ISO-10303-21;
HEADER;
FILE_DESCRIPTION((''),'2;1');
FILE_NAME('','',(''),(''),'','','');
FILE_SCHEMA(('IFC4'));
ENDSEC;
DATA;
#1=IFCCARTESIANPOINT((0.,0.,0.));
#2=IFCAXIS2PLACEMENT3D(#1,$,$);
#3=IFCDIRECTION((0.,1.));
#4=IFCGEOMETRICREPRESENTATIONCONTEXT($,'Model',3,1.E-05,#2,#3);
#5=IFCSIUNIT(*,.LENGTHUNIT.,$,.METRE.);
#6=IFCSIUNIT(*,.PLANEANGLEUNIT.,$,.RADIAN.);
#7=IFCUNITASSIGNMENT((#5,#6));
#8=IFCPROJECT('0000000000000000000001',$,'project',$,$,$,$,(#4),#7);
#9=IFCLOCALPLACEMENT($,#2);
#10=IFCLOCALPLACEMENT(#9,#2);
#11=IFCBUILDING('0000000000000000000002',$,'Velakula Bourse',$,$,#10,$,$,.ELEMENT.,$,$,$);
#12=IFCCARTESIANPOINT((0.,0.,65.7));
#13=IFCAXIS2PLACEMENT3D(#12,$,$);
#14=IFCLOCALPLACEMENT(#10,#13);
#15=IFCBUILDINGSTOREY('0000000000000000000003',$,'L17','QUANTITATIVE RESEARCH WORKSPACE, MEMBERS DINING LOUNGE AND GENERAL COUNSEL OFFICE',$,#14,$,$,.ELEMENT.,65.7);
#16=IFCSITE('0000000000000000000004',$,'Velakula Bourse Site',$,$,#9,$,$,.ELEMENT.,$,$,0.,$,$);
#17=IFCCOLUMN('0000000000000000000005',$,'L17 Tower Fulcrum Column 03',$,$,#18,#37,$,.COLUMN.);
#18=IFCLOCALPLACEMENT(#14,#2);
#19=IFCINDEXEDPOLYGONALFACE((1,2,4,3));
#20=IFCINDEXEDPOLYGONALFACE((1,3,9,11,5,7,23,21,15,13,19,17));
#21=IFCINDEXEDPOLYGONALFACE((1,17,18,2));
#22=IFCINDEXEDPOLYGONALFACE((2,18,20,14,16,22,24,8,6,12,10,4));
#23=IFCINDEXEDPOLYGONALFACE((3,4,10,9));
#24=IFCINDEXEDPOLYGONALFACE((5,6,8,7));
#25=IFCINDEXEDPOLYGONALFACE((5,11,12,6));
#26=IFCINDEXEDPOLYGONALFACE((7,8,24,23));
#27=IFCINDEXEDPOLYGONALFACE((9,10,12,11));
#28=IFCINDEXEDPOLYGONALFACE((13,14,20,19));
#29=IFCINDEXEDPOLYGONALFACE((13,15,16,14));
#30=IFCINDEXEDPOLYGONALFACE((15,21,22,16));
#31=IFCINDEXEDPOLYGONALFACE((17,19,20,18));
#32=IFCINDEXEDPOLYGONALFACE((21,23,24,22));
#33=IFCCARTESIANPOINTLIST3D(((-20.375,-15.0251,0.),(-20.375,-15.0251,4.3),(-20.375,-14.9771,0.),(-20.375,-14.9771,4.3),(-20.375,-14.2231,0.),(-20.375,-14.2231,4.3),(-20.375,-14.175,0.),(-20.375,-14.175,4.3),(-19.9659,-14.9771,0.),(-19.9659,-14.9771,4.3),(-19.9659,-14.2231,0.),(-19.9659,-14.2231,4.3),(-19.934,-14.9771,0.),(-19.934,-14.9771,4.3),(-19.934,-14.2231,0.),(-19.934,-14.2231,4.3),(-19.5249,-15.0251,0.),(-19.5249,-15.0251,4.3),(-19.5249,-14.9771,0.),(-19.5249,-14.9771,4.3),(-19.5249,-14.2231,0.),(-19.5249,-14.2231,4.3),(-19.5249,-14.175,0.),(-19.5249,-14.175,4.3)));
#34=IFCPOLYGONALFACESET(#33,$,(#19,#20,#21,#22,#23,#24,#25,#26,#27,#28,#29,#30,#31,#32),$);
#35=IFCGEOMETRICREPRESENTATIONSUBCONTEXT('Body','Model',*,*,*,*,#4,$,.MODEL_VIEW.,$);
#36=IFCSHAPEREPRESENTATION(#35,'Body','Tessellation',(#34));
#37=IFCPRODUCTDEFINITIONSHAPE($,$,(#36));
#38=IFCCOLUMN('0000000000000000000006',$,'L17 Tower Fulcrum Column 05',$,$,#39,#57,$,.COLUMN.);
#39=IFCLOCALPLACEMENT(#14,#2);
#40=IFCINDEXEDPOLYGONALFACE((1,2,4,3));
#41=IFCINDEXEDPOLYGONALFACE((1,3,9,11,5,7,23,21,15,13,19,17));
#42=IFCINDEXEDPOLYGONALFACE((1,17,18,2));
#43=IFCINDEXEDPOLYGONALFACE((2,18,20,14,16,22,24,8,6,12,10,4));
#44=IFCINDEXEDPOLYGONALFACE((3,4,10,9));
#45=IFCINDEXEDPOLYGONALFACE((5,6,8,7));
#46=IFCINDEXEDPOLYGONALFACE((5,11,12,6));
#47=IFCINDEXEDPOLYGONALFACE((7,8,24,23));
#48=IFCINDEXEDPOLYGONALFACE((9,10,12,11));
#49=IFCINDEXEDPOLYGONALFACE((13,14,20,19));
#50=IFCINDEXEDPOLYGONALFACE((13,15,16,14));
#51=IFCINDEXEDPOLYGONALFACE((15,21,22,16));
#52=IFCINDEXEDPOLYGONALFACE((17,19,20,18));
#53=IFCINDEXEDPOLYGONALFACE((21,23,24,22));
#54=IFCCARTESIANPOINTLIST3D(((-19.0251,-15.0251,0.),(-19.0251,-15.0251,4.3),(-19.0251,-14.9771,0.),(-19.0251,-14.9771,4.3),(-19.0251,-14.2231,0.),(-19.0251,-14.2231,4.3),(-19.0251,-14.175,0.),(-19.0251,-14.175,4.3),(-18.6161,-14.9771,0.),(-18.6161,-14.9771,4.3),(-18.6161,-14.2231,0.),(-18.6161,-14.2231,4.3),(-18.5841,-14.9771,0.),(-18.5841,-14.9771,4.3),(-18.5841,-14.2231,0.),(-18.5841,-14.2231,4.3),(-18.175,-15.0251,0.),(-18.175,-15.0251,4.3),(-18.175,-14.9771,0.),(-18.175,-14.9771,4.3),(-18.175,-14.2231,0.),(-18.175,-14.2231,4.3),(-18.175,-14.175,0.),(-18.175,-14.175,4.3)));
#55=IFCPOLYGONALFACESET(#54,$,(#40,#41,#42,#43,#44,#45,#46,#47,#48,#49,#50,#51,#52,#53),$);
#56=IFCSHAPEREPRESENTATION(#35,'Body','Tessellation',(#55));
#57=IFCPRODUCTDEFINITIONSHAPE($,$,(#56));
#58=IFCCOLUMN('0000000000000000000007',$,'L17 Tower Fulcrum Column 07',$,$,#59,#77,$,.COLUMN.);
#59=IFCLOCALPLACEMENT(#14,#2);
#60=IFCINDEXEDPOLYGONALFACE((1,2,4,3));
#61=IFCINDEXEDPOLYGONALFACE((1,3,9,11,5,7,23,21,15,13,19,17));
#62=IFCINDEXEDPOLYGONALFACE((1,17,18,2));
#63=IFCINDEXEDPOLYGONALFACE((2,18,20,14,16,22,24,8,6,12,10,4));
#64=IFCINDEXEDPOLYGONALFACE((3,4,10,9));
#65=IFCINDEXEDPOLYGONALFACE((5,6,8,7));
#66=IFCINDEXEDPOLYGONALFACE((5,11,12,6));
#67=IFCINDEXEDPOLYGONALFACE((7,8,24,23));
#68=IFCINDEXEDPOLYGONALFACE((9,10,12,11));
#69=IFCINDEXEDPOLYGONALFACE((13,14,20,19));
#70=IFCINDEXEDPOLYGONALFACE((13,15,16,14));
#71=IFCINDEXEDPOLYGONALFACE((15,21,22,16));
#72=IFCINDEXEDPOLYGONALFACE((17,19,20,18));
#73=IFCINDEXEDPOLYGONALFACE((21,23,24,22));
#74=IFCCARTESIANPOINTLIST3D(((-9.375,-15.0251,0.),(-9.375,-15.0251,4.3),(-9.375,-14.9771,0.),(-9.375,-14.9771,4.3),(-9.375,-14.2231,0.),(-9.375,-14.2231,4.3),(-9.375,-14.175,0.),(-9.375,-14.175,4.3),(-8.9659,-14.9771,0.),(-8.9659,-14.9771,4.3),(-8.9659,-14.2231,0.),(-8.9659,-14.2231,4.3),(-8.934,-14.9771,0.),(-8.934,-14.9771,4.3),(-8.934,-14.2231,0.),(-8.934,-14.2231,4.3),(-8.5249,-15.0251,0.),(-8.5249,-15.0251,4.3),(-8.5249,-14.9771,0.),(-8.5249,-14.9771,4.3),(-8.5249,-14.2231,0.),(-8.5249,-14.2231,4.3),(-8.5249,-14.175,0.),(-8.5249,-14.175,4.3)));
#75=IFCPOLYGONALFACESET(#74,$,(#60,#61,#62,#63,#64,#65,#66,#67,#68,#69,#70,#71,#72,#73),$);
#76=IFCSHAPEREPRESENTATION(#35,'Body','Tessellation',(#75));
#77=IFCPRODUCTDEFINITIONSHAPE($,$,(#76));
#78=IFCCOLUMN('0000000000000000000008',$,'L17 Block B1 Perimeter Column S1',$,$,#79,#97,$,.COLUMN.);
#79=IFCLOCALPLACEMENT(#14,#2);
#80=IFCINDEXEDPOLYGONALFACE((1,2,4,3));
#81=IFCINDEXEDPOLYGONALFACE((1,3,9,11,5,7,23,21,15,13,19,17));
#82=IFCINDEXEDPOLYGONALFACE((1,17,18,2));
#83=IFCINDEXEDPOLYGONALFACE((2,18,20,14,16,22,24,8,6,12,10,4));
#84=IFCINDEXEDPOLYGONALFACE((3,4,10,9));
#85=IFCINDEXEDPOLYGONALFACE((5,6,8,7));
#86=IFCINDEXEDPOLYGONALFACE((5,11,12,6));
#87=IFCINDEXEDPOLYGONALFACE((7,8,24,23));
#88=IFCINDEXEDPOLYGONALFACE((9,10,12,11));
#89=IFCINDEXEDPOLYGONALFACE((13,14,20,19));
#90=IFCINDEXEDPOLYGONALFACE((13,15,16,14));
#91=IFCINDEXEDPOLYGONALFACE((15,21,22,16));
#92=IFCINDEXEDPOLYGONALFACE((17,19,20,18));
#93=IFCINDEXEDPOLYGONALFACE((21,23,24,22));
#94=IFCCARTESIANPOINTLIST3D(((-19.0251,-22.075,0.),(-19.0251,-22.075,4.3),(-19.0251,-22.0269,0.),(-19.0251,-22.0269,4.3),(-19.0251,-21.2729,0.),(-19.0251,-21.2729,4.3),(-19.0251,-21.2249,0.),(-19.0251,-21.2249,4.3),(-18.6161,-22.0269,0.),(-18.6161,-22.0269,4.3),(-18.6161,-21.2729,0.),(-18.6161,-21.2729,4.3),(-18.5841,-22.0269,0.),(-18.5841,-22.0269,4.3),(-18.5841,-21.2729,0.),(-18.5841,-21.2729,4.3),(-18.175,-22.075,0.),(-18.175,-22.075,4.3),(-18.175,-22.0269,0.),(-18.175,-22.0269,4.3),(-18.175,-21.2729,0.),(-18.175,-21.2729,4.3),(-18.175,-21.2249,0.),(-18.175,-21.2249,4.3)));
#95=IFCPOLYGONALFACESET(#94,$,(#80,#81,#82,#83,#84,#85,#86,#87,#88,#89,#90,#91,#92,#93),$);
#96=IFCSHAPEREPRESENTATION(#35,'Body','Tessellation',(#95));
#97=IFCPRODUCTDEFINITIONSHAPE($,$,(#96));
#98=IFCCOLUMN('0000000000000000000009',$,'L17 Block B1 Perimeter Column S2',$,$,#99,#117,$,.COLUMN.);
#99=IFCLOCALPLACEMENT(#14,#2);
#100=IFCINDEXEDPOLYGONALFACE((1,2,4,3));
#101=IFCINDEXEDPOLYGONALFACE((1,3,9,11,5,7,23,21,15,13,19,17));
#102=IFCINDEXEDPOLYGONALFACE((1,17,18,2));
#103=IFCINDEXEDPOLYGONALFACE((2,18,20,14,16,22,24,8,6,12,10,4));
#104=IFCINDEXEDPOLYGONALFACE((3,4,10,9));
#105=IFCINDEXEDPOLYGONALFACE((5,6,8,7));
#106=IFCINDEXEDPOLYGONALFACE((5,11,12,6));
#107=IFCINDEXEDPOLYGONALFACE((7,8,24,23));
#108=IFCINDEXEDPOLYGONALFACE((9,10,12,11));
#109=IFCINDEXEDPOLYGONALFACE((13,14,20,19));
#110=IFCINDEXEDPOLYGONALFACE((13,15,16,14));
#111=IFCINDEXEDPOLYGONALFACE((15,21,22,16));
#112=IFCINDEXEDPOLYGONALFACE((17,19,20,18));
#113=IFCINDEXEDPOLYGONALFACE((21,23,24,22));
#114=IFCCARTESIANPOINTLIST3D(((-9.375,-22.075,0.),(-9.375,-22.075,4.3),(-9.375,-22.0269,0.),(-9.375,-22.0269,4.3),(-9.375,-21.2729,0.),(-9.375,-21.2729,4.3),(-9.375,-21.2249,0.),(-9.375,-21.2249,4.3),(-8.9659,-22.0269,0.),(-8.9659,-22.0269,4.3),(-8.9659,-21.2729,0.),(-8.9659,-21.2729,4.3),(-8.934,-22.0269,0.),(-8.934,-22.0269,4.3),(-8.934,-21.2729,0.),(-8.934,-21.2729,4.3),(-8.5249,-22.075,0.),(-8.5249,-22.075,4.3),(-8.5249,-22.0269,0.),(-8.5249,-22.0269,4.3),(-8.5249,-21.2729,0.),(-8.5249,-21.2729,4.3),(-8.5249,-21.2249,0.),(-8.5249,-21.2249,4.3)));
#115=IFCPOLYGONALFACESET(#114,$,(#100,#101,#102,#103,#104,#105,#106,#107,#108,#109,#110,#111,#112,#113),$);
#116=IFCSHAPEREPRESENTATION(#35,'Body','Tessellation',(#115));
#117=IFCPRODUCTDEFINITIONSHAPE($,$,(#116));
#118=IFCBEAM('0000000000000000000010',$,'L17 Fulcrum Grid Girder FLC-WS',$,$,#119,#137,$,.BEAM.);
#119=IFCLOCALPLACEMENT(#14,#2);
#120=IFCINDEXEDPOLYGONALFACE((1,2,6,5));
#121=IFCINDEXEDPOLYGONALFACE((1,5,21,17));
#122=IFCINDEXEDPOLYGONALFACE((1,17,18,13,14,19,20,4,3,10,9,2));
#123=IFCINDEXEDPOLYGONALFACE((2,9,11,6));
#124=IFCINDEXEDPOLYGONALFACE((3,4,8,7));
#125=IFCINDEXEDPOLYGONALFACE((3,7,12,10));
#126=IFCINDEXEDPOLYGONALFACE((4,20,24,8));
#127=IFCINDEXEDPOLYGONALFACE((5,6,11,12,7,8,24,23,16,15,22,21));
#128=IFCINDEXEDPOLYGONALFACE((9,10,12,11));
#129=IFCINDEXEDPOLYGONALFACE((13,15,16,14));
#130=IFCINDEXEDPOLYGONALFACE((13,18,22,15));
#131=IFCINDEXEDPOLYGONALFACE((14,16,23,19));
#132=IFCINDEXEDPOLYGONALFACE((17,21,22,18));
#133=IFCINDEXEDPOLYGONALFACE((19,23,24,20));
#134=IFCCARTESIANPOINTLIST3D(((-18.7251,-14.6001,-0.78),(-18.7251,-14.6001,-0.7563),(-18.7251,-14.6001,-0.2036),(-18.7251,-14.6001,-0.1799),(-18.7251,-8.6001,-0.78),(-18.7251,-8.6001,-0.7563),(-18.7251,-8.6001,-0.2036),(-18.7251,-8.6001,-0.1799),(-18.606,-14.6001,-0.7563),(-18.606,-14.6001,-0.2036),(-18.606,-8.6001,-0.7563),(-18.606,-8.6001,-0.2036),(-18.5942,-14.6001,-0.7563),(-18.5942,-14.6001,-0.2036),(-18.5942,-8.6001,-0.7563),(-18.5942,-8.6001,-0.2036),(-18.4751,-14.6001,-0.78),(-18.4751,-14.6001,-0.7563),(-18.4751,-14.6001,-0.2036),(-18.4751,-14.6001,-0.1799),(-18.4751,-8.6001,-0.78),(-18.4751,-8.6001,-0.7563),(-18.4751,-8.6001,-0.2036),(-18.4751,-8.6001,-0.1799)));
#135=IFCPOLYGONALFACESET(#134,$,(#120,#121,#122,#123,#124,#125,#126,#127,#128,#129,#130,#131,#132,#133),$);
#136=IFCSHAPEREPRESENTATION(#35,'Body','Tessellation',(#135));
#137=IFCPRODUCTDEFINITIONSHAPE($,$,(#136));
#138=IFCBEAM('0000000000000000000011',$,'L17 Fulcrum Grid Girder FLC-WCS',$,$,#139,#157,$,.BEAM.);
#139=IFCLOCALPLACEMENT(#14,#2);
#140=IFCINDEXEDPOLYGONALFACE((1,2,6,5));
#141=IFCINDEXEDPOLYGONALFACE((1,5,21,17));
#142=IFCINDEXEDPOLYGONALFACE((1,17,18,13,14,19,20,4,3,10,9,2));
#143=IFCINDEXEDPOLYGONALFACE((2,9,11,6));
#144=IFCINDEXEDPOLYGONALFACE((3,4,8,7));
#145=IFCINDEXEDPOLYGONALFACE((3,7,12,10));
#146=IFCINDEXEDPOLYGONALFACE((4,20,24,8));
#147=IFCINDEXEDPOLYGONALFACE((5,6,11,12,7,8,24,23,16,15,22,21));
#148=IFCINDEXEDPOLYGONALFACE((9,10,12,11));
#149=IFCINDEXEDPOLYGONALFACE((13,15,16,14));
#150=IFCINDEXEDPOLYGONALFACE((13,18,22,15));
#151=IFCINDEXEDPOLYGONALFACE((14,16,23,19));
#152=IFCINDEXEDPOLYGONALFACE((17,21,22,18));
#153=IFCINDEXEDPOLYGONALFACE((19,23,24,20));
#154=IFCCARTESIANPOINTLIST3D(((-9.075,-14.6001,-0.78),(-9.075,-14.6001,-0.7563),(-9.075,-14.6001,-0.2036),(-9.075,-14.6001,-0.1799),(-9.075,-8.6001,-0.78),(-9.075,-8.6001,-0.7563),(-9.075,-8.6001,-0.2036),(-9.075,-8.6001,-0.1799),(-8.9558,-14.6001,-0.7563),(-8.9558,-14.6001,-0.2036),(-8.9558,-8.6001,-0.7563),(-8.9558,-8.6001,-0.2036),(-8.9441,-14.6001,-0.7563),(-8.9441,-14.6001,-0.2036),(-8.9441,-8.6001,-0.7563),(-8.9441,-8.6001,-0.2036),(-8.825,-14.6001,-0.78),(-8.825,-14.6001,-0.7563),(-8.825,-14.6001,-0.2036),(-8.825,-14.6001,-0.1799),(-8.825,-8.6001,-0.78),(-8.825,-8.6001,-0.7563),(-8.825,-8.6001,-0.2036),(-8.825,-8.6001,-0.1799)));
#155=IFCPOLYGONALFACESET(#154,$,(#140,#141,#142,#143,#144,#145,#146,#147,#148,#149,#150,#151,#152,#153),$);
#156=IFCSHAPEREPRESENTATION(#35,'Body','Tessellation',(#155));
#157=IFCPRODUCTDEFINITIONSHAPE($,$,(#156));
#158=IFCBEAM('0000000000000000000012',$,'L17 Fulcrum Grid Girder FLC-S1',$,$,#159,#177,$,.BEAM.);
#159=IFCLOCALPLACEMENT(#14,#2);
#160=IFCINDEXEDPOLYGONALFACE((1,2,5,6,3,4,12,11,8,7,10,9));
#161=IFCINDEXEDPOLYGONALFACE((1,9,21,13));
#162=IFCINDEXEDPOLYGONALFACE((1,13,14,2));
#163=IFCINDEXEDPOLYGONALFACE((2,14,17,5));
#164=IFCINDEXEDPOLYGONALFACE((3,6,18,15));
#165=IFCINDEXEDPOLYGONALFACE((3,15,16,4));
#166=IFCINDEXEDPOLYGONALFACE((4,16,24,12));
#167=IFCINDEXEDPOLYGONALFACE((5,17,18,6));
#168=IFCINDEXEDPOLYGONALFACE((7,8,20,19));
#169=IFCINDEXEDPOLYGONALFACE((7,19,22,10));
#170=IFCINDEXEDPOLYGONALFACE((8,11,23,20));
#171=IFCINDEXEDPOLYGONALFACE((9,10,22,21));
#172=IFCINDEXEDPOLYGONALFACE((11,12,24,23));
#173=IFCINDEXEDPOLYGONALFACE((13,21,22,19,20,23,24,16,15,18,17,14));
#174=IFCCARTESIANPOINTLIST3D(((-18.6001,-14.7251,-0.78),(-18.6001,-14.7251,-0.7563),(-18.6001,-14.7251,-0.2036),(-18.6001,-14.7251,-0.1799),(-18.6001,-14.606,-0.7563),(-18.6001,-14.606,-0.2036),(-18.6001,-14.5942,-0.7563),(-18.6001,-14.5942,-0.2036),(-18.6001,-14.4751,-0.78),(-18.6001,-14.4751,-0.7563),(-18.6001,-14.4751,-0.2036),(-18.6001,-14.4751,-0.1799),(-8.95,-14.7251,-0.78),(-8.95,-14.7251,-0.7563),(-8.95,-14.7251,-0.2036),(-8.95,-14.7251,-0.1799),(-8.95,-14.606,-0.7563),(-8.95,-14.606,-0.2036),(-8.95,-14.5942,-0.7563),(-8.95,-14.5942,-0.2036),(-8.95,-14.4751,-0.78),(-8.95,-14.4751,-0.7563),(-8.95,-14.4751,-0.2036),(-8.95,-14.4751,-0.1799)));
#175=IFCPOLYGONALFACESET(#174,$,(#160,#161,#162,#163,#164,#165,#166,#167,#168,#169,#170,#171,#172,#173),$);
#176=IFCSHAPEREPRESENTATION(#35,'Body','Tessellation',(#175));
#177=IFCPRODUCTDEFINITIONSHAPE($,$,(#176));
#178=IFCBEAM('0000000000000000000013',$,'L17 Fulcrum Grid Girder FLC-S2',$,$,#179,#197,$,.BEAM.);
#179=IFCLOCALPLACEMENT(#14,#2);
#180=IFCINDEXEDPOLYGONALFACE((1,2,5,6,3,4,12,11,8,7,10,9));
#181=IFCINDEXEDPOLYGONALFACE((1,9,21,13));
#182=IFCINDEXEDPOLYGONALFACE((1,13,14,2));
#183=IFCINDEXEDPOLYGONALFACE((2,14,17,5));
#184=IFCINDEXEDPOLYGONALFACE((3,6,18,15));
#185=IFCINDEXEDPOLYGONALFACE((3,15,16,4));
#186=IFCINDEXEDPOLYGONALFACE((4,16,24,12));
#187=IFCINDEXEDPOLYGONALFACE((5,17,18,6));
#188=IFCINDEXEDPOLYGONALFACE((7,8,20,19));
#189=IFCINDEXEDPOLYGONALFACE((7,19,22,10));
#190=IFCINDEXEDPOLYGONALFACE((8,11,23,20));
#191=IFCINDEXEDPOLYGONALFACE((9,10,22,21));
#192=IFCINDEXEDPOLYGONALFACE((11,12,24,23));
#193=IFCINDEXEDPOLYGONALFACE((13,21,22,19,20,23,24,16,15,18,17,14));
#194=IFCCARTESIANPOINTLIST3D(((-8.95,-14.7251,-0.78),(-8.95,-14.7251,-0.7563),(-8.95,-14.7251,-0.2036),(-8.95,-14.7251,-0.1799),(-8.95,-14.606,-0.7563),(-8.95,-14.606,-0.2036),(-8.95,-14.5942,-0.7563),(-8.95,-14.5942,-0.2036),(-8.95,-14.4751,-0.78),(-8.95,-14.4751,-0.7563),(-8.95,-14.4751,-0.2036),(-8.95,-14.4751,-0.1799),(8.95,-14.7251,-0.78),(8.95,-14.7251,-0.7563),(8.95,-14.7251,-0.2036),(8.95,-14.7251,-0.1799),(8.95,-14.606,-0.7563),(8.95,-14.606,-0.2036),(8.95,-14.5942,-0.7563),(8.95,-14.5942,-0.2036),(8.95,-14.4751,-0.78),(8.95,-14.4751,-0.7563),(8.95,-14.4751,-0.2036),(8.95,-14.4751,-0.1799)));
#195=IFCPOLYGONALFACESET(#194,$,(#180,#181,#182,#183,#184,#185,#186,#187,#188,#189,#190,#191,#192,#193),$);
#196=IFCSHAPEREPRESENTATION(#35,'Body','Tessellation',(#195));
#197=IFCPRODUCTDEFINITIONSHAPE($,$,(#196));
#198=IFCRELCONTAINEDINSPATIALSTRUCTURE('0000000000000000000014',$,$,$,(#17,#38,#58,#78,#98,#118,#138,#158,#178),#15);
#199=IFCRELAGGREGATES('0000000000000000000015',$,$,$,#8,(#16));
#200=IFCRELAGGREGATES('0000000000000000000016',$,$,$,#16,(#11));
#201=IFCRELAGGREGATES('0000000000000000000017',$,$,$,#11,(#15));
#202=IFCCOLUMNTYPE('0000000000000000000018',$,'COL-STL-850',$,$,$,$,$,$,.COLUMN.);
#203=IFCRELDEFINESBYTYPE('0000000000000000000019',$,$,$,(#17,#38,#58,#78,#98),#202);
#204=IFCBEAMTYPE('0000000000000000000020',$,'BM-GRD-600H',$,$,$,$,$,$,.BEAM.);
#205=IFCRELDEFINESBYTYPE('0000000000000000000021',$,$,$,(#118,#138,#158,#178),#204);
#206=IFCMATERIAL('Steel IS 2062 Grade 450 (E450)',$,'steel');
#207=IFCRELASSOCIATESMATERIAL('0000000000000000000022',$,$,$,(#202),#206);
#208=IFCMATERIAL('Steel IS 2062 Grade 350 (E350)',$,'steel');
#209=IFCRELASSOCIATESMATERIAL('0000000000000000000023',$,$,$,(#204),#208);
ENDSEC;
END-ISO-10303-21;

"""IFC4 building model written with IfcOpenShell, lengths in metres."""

from ifc_helpers import new_model, si_unit, direction, frame, origin, origin_2d, place, context, subcontext, project, spatial, i_section, extrude, material, material_profile, profile_set, type_object, element, save


model = new_model("IFC4")

# Units and contexts
model_context = context("Model", 3, precision=1e-05, world=origin(), true_north=direction((0.0, 1.0)))
body_context = subcontext(model_context, "Body", "Model", "MODEL_VIEW")
ifc_project = project(units=[si_unit("LENGTHUNIT", "METRE"), si_unit("PLANEANGLEUNIT", "RADIAN")], contexts=[model_context])

# Site, building, storey
site_placement = place(None, origin())
site = spatial("IfcSite", under=ifc_project, at=site_placement, Name="Velakula Bourse Site", CompositionType="ELEMENT", RefElevation=0.0)
building_placement = place(site_placement, origin())
building = spatial("IfcBuilding", under=site, at=building_placement, Name="Velakula Bourse", CompositionType="ELEMENT")
storey_placement = place(building_placement, frame((0.0, 0.0, 65.7)))
storey = spatial("IfcBuildingStorey", under=building, at=storey_placement, Name="L17", Description="QUANTITATIVE RESEARCH WORKSPACE, MEMBERS DINING LOUNGE AND GENERAL COUNSEL OFFICE", CompositionType="ELEMENT", Elevation=65.7)

# Columns
ifc_material_1 = material(Name="Steel IS 2062 Grade 450 (E450)", Category="steel")
ifc_material_profile_1 = material_profile(ifc_material_1, i_section(OverallWidth=0.8501, OverallDepth=0.8501, WebThickness=0.032, FlangeThickness=0.0481, at=origin_2d()), Name="Steel IS 2062 Grade 450 (E450)")
ifc_profile_set_1 = profile_set([ifc_material_profile_1], Name="Steel IS 2062 Grade 450 (E450)")
column_type = type_object("IfcColumnType", Name="COL-STL-850", PredefinedType="COLUMN", material=ifc_profile_set_1)
for number, where, z_axis, x_axis, name in (
    (1, (-19.95, -14.6001, 0.0), (0.0, 0.0, 1.0), (1.0, 0.0, 0.0), "L17 Tower Fulcrum Column 03"),
    (2, (-18.6001, -14.6001, 0.0), (0.0, 0.0, 1.0), (1.0, 0.0, 0.0), "L17 Tower Fulcrum Column 05"),
    (3, (-8.95, -14.6001, 0.0), (0.0, 0.0, 1.0), (1.0, 0.0, 0.0), "L17 Tower Fulcrum Column 07"),
    (4, (-18.6001, -21.6499, 0.0), (0.0, 0.0, 1.0), (1.0, 0.0, 0.0), "L17 Block B1 Perimeter Column S1"),
    (5, (-8.95, -21.6499, 0.0), (0.0, 0.0, 1.0), (1.0, 0.0, 0.0), "L17 Block B1 Perimeter Column S2"),
):
    element("IfcColumn", number, at=place(storey_placement, frame(where, z_axis=z_axis, x_axis=x_axis)), inside=storey, type_object=column_type, Name=name, PredefinedType="COLUMN", context=body_context, shape_type="SweptSolid", body=[
        extrude(i_section(OverallWidth=0.8501, OverallDepth=0.8501, WebThickness=0.032, FlangeThickness=0.0481, at=origin_2d()), origin(), (0.0, 0.0, 1.0), 4.3),
    ])

# Beams
ifc_material_2 = material(Name="Steel IS 2062 Grade 350 (E350)", Category="steel")
ifc_material_profile_2 = material_profile(ifc_material_2, i_section(OverallWidth=0.25, OverallDepth=0.6001, WebThickness=0.0117, FlangeThickness=0.0237, at=origin_2d()), Name="Steel IS 2062 Grade 350 (E350)")
ifc_profile_set_2 = profile_set([ifc_material_profile_2], Name="Steel IS 2062 Grade 350 (E350)")
beam_type_1 = type_object("IfcBeamType", Name="BM-GRD-600H", PredefinedType="BEAM", material=ifc_profile_set_2)
for number, where, z_axis, x_axis, name in (
    (6, (-18.6001, -14.6001, -0.48), (0.0, 1.0, 0.0), (-1.0, 0.0, 0.0), "L17 Fulcrum Grid Girder FLC-WS"),
    (7, (-8.95, -14.6001, -0.48), (0.0, 1.0, 0.0), (-1.0, 0.0, 0.0), "L17 Fulcrum Grid Girder FLC-WCS"),
):
    element("IfcBeam", number, at=place(storey_placement, frame(where, z_axis=z_axis, x_axis=x_axis)), inside=storey, type_object=beam_type_1, Name=name, PredefinedType="BEAM", context=body_context, shape_type="SweptSolid", body=[
        extrude(i_section(OverallWidth=0.25, OverallDepth=0.6001, WebThickness=0.0117, FlangeThickness=0.0237, at=origin_2d()), origin(), (0.0, 0.0, 1.0), 6.0),
    ])
beam_1_placement = place(storey_placement, frame((-18.6001, -14.6001, -0.48), z_axis=(1.0, 0.0, 0.0), x_axis=(0.0, 1.0, 0.0)))
element("IfcBeam", 8, at=beam_1_placement, inside=storey, type_object=beam_type_1, Name="L17 Fulcrum Grid Girder FLC-S1", PredefinedType="BEAM", context=body_context, shape_type="SweptSolid", body=[
    extrude(i_section(OverallWidth=0.25, OverallDepth=0.6001, WebThickness=0.0117, FlangeThickness=0.0237, at=origin_2d()), origin(), (0.0, 0.0, 1.0), 9.6501),
])
beam_2_placement = place(storey_placement, frame((-8.95, -14.6001, -0.48), z_axis=(1.0, 0.0, 0.0), x_axis=(0.0, 1.0, 0.0)))
element("IfcBeam", 9, at=beam_2_placement, inside=storey, type_object=beam_type_1, Name="L17 Fulcrum Grid Girder FLC-S2", PredefinedType="BEAM", context=body_context, shape_type="SweptSolid", body=[
    extrude(i_section(OverallWidth=0.25, OverallDepth=0.6001, WebThickness=0.0117, FlangeThickness=0.0237, at=origin_2d()), origin(), (0.0, 0.0, 1.0), 17.8999),
])

save(model, "model.ifc")
